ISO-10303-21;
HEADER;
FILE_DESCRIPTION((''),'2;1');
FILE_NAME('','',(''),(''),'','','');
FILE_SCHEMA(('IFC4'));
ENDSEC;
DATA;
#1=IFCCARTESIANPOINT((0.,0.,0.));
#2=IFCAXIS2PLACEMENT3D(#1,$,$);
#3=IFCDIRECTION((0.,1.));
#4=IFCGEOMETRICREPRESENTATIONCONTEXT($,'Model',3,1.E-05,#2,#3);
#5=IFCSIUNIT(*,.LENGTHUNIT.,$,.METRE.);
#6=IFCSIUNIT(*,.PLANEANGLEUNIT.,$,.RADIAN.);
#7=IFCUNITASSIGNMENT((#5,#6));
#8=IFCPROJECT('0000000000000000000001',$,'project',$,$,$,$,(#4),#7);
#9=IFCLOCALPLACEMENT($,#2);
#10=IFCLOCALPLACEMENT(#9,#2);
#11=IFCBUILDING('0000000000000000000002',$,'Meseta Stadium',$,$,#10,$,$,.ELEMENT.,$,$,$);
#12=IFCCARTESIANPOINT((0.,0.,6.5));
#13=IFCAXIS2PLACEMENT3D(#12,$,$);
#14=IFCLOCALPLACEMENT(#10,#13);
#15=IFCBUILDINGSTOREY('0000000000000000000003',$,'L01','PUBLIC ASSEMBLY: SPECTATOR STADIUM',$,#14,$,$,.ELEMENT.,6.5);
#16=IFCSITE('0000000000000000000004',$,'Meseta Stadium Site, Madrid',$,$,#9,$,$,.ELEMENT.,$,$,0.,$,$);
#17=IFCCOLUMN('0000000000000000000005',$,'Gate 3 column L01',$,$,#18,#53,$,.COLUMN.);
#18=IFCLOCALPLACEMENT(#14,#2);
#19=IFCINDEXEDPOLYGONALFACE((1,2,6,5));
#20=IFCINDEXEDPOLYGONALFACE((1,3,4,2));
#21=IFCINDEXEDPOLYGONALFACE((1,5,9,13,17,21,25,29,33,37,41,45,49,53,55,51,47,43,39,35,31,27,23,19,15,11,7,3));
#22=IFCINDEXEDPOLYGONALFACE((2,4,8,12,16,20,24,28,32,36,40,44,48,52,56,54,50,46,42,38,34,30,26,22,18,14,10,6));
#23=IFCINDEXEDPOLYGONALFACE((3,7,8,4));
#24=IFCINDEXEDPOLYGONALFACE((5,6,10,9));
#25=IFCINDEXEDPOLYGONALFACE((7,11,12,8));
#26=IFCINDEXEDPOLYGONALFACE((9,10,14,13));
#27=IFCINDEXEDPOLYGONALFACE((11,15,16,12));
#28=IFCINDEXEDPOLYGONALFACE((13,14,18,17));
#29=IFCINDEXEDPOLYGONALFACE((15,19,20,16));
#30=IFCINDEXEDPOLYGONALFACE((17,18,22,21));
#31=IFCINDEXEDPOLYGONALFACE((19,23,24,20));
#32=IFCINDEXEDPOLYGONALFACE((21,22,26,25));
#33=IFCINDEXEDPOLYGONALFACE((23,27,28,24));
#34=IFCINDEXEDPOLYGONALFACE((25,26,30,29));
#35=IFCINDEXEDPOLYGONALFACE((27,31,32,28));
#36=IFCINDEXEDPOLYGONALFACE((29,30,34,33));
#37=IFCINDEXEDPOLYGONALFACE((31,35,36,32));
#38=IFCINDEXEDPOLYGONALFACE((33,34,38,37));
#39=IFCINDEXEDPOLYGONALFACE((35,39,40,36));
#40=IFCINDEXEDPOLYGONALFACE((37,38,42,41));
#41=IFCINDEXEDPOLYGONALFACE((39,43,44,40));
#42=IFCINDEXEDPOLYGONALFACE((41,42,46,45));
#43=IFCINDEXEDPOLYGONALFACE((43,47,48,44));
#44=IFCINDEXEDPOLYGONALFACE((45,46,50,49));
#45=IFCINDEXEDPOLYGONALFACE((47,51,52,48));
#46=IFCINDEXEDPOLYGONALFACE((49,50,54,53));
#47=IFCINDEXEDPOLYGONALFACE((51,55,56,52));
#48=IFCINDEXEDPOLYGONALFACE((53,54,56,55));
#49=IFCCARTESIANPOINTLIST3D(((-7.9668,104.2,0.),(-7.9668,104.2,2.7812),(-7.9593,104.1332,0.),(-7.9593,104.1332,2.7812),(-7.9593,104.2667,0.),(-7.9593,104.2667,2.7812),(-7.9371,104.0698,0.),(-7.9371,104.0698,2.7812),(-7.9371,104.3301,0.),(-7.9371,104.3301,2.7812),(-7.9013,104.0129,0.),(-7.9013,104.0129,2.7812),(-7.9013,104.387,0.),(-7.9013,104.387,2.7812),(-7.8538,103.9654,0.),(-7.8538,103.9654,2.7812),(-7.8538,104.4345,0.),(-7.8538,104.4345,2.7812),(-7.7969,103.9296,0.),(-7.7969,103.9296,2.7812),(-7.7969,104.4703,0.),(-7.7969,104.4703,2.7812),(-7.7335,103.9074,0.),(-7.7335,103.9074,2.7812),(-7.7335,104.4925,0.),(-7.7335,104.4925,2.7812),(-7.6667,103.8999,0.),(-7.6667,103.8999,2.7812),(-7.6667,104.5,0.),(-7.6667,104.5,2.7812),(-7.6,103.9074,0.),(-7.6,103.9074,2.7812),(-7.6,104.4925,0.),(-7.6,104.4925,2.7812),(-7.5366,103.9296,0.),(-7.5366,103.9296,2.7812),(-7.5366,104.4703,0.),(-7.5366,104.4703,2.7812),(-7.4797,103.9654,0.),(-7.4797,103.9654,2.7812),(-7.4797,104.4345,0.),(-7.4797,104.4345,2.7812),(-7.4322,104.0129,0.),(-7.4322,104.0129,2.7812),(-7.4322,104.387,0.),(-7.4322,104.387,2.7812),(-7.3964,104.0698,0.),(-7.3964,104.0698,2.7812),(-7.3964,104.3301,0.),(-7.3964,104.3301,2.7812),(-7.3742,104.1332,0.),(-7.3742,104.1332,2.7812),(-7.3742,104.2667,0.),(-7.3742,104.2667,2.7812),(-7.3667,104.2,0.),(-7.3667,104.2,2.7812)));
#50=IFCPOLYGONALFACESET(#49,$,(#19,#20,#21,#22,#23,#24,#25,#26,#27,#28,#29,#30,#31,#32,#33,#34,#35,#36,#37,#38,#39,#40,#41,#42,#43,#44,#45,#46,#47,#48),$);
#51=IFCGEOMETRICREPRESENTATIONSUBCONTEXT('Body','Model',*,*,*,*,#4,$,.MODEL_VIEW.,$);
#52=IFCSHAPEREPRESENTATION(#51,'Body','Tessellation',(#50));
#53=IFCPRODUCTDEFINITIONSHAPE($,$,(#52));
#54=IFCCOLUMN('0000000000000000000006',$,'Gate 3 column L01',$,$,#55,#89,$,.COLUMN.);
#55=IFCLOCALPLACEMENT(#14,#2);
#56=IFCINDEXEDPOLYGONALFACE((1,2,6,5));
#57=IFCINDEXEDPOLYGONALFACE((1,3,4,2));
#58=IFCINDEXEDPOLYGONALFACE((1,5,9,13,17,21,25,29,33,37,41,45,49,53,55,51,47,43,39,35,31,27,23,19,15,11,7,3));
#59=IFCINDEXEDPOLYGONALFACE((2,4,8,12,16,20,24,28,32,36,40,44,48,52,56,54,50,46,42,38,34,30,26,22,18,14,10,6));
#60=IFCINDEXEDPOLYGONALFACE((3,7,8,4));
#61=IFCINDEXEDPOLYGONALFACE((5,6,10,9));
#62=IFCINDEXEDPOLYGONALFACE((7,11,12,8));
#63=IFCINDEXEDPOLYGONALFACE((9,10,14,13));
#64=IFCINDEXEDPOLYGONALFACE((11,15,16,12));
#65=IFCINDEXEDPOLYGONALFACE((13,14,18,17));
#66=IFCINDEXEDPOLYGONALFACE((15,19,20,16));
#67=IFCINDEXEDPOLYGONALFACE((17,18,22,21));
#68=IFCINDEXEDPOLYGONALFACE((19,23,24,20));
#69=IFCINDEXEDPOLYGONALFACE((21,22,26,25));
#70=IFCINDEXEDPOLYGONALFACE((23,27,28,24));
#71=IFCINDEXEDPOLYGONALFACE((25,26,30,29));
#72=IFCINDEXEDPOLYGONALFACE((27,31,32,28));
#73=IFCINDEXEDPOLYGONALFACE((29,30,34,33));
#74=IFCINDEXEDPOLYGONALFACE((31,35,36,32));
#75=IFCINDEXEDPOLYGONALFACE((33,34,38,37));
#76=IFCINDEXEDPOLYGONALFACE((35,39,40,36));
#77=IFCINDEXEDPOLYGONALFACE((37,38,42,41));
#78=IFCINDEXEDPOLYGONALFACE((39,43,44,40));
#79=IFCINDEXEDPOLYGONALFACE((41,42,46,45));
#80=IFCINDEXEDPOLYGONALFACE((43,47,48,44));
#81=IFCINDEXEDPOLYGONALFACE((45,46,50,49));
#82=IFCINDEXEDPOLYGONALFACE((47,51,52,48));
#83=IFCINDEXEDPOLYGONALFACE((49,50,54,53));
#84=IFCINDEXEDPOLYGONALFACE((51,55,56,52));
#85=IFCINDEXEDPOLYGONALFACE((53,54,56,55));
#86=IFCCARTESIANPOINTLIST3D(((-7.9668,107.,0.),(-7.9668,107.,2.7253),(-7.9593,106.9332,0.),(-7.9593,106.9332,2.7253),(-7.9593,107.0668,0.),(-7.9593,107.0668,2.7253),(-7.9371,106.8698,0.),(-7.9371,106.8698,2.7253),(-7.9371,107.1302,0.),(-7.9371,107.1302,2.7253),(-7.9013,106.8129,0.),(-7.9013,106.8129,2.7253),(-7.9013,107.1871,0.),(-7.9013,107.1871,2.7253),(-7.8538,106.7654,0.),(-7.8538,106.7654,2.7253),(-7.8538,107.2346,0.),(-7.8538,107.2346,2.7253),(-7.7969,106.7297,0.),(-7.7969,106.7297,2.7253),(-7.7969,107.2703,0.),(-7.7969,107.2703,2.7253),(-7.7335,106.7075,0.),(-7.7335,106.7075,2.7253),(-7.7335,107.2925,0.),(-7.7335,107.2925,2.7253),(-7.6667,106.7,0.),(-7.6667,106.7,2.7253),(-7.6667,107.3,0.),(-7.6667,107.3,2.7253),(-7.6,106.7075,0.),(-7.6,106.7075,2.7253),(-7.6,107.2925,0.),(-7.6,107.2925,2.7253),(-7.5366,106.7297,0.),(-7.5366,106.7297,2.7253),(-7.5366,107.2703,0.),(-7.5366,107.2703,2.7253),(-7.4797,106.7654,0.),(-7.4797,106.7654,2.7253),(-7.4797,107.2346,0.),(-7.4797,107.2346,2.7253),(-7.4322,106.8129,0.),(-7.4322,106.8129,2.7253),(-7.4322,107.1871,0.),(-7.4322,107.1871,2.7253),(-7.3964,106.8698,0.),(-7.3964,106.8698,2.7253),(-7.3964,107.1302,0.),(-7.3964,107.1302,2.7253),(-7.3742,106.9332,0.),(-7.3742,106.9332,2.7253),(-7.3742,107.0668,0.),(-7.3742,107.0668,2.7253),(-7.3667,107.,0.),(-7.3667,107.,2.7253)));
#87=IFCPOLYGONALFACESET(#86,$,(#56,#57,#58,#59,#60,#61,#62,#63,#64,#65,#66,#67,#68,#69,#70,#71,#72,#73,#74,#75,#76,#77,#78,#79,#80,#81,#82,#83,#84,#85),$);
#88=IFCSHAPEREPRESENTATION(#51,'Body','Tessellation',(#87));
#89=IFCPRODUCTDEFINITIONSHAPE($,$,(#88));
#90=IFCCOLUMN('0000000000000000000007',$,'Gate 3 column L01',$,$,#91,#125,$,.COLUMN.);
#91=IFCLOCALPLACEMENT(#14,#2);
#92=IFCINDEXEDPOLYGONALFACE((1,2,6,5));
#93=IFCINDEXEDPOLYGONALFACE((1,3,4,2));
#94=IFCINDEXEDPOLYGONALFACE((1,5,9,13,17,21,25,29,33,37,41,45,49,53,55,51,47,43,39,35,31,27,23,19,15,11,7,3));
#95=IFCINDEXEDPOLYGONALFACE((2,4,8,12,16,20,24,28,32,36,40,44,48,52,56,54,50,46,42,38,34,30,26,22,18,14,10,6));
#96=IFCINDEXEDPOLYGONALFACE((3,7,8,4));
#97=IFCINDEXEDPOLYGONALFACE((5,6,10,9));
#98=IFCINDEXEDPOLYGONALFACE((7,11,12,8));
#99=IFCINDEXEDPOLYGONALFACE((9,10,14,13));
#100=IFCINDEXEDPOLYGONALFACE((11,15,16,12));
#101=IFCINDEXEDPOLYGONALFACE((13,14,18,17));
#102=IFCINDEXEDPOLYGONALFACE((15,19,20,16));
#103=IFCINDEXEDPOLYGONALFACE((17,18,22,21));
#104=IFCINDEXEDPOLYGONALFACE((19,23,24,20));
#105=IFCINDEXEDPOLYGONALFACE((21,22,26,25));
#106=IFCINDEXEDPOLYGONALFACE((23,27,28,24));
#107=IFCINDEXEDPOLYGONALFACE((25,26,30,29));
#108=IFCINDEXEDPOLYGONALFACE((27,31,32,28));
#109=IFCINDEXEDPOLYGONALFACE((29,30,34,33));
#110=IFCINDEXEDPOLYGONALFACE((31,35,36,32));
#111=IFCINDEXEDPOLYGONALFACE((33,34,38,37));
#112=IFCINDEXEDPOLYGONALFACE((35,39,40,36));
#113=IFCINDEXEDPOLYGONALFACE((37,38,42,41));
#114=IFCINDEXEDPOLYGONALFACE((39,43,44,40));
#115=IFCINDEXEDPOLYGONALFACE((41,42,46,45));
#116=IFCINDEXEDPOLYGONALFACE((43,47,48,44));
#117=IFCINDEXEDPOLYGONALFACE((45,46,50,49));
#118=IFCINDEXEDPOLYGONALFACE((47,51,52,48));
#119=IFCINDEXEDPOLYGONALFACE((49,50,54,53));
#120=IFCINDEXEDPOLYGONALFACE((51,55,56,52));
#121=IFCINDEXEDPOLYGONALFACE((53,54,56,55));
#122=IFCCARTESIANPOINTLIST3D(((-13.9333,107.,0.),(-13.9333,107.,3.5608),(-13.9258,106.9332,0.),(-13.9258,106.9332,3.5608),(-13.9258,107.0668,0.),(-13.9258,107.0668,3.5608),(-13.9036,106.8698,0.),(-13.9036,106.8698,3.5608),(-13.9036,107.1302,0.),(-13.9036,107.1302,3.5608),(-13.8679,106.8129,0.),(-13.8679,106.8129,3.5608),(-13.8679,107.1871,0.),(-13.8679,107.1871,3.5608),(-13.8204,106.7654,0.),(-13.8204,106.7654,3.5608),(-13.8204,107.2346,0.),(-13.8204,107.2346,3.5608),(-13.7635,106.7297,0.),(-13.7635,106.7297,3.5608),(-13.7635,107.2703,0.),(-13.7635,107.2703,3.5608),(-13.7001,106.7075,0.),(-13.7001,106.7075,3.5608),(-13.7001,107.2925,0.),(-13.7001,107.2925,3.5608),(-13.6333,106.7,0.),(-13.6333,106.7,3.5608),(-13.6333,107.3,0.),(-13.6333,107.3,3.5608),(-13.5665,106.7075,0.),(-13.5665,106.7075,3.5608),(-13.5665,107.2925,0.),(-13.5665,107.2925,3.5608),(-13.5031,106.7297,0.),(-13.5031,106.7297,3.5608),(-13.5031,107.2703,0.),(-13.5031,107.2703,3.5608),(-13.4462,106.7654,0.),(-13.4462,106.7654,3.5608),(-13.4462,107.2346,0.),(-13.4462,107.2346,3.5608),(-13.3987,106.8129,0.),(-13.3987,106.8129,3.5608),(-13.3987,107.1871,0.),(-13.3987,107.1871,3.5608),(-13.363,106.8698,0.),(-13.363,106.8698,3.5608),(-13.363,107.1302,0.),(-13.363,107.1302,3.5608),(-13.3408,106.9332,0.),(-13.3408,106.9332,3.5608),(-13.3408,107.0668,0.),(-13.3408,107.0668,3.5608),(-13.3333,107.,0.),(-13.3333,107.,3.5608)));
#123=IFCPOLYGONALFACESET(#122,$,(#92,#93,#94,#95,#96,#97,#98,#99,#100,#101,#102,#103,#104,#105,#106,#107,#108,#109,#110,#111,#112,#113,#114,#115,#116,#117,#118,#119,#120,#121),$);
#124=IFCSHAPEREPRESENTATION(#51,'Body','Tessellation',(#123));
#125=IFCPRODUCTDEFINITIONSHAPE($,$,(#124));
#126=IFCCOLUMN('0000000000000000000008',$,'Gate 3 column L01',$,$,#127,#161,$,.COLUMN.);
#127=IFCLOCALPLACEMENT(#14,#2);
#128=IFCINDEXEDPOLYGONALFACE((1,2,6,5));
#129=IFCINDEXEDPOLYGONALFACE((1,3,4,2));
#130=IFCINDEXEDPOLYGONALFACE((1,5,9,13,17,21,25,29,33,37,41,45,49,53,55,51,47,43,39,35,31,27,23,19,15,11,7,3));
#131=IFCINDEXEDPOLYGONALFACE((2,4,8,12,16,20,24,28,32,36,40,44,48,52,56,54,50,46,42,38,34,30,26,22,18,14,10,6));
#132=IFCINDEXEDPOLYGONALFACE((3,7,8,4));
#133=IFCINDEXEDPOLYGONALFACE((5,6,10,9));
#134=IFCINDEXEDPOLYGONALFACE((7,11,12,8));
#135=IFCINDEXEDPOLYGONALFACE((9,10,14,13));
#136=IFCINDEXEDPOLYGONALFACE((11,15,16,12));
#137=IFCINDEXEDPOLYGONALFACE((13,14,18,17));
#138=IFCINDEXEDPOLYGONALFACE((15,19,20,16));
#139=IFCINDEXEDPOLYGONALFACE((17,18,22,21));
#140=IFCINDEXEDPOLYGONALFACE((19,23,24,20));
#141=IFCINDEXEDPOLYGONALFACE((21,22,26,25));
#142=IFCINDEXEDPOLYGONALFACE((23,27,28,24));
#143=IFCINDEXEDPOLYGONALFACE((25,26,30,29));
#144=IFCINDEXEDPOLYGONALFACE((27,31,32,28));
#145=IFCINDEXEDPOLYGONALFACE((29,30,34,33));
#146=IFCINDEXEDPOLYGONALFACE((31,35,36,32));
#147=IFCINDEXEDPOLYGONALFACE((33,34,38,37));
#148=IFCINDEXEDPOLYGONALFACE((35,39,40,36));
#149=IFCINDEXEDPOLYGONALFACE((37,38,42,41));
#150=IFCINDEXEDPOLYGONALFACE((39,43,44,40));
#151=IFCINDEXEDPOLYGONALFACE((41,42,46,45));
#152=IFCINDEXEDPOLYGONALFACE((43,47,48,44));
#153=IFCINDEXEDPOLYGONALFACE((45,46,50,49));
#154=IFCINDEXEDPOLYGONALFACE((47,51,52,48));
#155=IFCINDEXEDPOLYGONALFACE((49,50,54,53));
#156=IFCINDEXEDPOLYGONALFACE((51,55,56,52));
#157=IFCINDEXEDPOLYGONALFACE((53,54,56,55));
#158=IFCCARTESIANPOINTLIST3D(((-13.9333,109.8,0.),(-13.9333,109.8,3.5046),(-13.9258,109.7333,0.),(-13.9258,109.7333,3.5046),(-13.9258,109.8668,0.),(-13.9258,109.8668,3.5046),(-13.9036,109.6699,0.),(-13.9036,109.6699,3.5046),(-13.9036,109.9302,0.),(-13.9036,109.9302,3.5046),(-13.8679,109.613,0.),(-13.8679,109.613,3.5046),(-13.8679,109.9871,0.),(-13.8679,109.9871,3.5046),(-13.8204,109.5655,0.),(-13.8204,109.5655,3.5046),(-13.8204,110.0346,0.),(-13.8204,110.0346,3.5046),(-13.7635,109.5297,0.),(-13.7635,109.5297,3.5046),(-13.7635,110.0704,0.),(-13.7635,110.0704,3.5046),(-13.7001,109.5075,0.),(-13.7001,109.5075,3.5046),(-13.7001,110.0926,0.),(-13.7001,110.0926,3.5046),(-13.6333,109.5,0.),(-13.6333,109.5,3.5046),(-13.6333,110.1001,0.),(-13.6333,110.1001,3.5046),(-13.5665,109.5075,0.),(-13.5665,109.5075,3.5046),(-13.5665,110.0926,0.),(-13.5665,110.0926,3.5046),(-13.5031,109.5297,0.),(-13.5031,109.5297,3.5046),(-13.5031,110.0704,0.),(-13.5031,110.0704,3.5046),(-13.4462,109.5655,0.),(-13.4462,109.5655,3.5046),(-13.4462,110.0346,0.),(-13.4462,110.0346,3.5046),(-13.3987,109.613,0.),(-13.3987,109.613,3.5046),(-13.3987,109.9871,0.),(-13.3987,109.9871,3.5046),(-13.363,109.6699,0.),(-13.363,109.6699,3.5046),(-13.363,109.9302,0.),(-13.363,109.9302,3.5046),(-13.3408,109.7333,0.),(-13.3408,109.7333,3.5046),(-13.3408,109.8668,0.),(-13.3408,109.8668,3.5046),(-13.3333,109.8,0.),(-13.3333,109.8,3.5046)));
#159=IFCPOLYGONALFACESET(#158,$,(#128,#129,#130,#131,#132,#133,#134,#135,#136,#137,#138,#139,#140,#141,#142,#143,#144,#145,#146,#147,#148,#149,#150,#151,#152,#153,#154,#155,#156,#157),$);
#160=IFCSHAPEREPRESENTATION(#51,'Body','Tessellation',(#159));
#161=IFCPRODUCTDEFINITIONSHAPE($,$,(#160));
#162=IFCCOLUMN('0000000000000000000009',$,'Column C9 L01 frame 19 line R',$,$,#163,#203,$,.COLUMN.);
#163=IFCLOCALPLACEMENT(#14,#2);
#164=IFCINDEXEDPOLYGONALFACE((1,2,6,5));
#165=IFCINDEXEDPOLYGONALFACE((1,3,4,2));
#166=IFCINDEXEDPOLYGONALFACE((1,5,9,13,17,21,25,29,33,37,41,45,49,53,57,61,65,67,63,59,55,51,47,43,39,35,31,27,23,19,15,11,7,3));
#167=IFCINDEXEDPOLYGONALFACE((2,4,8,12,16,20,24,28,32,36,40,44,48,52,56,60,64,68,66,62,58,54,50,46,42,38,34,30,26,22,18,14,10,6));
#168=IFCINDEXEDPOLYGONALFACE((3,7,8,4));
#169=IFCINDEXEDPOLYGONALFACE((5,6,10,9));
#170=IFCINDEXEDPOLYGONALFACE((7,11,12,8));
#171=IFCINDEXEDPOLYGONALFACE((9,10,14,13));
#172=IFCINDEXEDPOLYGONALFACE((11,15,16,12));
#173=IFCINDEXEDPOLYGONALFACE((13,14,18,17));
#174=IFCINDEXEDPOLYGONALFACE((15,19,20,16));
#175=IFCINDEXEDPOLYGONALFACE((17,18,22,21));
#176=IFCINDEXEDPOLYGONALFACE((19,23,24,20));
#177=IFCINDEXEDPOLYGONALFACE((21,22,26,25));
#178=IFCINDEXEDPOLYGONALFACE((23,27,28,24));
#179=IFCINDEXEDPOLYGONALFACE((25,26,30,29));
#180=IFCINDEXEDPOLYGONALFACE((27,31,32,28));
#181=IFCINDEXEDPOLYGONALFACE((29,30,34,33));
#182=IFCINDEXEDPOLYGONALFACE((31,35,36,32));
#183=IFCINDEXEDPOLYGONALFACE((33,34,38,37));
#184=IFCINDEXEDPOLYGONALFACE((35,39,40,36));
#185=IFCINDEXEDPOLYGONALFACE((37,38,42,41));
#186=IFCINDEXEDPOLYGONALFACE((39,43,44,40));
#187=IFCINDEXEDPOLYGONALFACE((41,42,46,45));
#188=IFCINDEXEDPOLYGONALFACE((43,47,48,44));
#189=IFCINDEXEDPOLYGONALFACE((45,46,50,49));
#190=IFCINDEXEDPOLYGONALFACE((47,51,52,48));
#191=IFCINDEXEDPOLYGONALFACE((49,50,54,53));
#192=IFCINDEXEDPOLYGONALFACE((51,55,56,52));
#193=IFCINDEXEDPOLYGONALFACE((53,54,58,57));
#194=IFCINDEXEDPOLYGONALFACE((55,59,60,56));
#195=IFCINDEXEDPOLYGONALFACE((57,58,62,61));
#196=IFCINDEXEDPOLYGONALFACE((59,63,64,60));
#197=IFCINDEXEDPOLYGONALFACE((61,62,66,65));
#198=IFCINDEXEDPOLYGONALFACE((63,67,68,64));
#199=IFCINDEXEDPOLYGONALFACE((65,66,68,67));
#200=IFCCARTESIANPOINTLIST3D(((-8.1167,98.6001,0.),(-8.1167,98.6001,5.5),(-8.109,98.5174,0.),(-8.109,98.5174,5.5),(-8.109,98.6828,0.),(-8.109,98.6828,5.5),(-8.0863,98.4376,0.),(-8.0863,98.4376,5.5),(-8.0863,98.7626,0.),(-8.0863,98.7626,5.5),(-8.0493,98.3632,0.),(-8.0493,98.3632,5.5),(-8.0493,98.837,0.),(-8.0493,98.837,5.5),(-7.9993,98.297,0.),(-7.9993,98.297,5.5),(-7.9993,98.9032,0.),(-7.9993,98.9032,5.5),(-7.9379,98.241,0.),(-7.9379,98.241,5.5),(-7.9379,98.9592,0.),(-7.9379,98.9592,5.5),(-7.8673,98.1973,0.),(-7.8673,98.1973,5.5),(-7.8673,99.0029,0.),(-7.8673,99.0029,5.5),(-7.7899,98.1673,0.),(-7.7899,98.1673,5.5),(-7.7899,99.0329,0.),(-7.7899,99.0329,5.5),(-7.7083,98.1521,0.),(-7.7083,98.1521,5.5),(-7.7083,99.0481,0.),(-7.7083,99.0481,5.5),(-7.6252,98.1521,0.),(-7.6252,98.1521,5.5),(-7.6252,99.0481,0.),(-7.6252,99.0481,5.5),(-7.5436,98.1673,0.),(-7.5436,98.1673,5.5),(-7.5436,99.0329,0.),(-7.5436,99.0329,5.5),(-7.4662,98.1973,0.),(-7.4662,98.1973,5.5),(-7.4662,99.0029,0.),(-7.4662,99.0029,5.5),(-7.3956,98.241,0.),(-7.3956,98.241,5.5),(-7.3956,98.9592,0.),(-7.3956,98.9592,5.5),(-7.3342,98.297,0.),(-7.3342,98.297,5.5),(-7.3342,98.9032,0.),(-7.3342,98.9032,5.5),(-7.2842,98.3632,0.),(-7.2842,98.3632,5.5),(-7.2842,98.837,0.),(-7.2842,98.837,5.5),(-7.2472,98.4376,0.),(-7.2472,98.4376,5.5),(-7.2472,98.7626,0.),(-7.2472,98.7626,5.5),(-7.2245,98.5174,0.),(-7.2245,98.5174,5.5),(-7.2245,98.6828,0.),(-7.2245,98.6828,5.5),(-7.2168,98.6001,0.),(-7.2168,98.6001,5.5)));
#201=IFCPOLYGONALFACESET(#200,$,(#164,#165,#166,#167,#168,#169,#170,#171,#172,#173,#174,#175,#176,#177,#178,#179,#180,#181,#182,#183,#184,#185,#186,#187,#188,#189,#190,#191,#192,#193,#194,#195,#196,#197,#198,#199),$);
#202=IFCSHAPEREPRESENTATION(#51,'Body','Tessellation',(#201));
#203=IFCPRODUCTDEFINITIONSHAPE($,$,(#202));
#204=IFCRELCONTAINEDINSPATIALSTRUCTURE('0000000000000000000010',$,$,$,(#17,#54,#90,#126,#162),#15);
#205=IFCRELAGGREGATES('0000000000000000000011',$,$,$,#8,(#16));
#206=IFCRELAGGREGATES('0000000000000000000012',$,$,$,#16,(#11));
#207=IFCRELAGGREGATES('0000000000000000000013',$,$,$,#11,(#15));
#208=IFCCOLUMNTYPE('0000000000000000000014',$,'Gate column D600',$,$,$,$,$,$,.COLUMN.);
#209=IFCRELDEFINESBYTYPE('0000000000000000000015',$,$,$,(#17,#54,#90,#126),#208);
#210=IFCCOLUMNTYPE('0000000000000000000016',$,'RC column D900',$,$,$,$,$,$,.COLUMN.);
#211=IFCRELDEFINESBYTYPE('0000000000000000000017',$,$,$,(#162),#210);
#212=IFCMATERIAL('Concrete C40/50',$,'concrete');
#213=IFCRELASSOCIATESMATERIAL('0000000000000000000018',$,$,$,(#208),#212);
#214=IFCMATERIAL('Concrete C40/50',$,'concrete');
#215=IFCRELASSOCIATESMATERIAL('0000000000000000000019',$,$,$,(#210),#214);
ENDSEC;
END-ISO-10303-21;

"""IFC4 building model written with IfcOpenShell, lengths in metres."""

from ifc_helpers import new_model, si_unit, direction, frame, origin, origin_2d, place, context, subcontext, project, spatial, circle, extrude, material, material_profile, profile_set, type_object, element, save


model = new_model("IFC4")

# Units and contexts
model_context = context("Model", 3, precision=1e-05, world=origin(), true_north=direction((0.0, 1.0)))
body_context = subcontext(model_context, "Body", "Model", "MODEL_VIEW")
ifc_project = project(units=[si_unit("LENGTHUNIT", "METRE"), si_unit("PLANEANGLEUNIT", "RADIAN")], contexts=[model_context])

# Site, building, storey
site_placement = place(None, origin())
site = spatial("IfcSite", under=ifc_project, at=site_placement, Name="Meseta Stadium Site, Madrid", CompositionType="ELEMENT", RefElevation=0.0)
building_placement = place(site_placement, origin())
building = spatial("IfcBuilding", under=site, at=building_placement, Name="Meseta Stadium", CompositionType="ELEMENT")
storey_placement = place(building_placement, frame((0.0, 0.0, 6.5)))
storey = spatial("IfcBuildingStorey", under=building, at=storey_placement, Name="L01", Description="PUBLIC ASSEMBLY: SPECTATOR STADIUM", CompositionType="ELEMENT", Elevation=6.5)

# Columns
ifc_material_1 = material(Name="Concrete C40/50", Category="concrete")
ifc_material_profile_1 = material_profile(ifc_material_1, circle(Radius=0.3, at=origin_2d()), Name="RC D600")
ifc_profile_set_1 = profile_set([ifc_material_profile_1], Name="Concrete C40/50")
column_type_1 = type_object("IfcColumnType", Name="Gate column D600", PredefinedType="COLUMN", material=ifc_profile_set_1)
column_1_placement = place(storey_placement, frame((-7.6667, 104.2, 0.0), z_axis=(0.0, 0.0, 1.0), x_axis=(1.0, 0.0, 0.0)))
element("IfcColumn", 1, at=column_1_placement, inside=storey, type_object=column_type_1, Name="Gate 3 column L01", PredefinedType="COLUMN", context=body_context, shape_type="SweptSolid", body=[
    extrude(circle(Radius=0.3, at=origin_2d()), origin(), (0.0, 0.0, 1.0), 2.7812),
])
column_2_placement = place(storey_placement, frame((-7.6667, 107.0, 0.0), z_axis=(0.0, 0.0, 1.0), x_axis=(1.0, 0.0, 0.0)))
element("IfcColumn", 2, at=column_2_placement, inside=storey, type_object=column_type_1, Name="Gate 3 column L01", PredefinedType="COLUMN", context=body_context, shape_type="SweptSolid", body=[
    extrude(circle(Radius=0.3, at=origin_2d()), origin(), (0.0, 0.0, 1.0), 2.7253),
])
column_3_placement = place(storey_placement, frame((-13.6333, 107.0, 0.0), z_axis=(0.0, 0.0, 1.0), x_axis=(1.0, 0.0, 0.0)))
element("IfcColumn", 3, at=column_3_placement, inside=storey, type_object=column_type_1, Name="Gate 3 column L01", PredefinedType="COLUMN", context=body_context, shape_type="SweptSolid", body=[
    extrude(circle(Radius=0.3, at=origin_2d()), origin(), (0.0, 0.0, 1.0), 3.5608),
])
column_4_placement = place(storey_placement, frame((-13.6333, 109.8, 0.0), z_axis=(0.0, 0.0, 1.0), x_axis=(1.0, 0.0, 0.0)))
element("IfcColumn", 4, at=column_4_placement, inside=storey, type_object=column_type_1, Name="Gate 3 column L01", PredefinedType="COLUMN", context=body_context, shape_type="SweptSolid", body=[
    extrude(circle(Radius=0.3, at=origin_2d()), origin(), (0.0, 0.0, 1.0), 3.5046),
])
ifc_material_2 = material(Name="Concrete C40/50", Category="concrete")
ifc_material_profile_2 = material_profile(ifc_material_2, circle(Radius=0.45, at=origin_2d()), Name="RC D900")
ifc_profile_set_2 = profile_set([ifc_material_profile_2], Name="Concrete C40/50")
column_type_2 = type_object("IfcColumnType", Name="RC column D900", PredefinedType="COLUMN", material=ifc_profile_set_2)
column_5_placement = place(storey_placement, frame((-7.6667, 98.6001, 0.0), z_axis=(0.0, 0.0, 1.0), x_axis=(1.0, 0.0, 0.0)))
element("IfcColumn", 5, at=column_5_placement, inside=storey, type_object=column_type_2, Name="Column C9 L01 frame 19 line R", PredefinedType="COLUMN", context=body_context, shape_type="SweptSolid", body=[
    extrude(circle(Radius=0.45, at=origin_2d()), origin(), (0.0, 0.0, 1.0), 5.5),
])

save(model, "model.ifc")
